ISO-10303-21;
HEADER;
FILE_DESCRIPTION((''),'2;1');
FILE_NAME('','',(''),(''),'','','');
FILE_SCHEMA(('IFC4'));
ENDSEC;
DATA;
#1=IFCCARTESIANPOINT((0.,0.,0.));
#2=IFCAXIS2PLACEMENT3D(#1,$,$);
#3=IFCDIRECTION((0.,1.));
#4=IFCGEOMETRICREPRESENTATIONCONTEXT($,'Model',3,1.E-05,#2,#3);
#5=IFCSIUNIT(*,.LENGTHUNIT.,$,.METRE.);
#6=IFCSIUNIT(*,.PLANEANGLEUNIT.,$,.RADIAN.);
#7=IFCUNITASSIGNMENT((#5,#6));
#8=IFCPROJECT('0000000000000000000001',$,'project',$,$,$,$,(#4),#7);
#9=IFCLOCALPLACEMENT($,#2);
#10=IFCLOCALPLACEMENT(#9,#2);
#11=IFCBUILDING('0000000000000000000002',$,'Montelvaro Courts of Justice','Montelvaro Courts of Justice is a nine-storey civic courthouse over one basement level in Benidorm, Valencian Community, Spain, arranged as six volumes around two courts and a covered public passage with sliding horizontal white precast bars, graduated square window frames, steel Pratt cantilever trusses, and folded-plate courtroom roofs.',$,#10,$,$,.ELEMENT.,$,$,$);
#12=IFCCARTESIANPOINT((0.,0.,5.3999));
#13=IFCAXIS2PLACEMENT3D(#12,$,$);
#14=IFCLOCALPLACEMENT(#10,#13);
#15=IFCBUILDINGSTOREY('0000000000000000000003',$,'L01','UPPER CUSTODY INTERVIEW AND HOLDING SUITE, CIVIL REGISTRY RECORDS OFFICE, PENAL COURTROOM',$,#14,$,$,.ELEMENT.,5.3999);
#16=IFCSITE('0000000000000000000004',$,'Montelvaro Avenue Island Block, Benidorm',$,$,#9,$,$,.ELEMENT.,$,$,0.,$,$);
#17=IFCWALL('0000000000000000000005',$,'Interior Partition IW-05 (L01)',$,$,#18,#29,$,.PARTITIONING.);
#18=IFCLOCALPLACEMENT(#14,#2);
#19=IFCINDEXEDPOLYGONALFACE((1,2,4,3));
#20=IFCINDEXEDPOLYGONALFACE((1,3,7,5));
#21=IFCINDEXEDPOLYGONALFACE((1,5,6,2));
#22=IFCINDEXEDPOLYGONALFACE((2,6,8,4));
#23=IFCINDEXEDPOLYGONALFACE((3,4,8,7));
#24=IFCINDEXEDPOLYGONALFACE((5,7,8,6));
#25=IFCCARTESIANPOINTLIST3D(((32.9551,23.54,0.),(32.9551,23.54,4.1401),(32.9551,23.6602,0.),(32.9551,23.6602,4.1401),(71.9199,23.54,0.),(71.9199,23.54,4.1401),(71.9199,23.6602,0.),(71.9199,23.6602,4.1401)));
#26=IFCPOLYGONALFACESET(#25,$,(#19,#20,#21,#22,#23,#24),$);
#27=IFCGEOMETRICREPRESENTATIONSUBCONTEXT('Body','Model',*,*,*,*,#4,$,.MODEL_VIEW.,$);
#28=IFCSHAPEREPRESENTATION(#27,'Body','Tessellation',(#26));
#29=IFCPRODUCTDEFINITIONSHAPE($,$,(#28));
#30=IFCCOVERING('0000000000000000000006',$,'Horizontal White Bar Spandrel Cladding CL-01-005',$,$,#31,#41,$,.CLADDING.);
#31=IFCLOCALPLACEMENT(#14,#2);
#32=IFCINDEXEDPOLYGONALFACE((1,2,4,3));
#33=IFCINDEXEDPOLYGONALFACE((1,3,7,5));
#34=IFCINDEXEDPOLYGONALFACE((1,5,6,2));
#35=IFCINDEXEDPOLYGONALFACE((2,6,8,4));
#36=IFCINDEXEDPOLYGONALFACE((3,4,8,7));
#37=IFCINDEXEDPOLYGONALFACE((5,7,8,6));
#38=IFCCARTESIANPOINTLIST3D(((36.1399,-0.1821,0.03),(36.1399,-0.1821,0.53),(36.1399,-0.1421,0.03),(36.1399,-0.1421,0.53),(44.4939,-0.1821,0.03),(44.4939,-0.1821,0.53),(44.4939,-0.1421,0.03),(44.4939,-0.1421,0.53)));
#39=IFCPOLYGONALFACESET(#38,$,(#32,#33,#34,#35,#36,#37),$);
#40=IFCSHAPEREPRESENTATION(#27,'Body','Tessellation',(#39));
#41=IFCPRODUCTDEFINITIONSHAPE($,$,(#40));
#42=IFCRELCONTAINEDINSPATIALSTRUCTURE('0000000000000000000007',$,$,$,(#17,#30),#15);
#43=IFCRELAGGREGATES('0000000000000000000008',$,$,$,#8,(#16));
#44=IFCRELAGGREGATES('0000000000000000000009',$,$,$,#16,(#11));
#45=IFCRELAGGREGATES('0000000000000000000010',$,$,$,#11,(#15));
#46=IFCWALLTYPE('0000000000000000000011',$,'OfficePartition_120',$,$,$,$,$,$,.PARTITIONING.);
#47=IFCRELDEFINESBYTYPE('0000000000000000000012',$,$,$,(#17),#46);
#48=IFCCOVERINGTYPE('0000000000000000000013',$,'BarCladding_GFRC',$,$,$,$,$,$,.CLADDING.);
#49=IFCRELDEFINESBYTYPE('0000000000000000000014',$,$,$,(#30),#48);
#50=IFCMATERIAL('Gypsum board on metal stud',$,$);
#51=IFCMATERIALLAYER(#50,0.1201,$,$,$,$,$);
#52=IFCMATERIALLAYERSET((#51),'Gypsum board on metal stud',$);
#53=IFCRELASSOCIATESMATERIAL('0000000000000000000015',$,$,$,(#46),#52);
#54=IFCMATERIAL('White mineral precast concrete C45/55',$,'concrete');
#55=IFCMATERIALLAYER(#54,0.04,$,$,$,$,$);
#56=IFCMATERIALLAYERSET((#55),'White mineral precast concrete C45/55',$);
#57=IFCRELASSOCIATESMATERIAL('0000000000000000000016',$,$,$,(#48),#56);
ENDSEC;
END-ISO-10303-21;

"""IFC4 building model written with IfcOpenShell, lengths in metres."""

from ifc_helpers import new_model, si_unit, direction, frame, frame_2d, origin, origin_2d, place, context, subcontext, project, spatial, rectangle, extrude, material, layer, layer_set, type_object, element, save


model = new_model("IFC4")

# Units and contexts
model_context = context("Model", 3, precision=1e-05, world=origin(), true_north=direction((0.0, 1.0)))
body_context = subcontext(model_context, "Body", "Model", "MODEL_VIEW")
ifc_project = project(units=[si_unit("LENGTHUNIT", "METRE"), si_unit("PLANEANGLEUNIT", "RADIAN")], contexts=[model_context])

# Site, building, storey
site_placement = place(None, origin())
site = spatial("IfcSite", under=ifc_project, at=site_placement, Name="Montelvaro Avenue Island Block, Benidorm", CompositionType="ELEMENT", RefElevation=0.0)
building_placement = place(site_placement, origin())
building = spatial("IfcBuilding", under=site, at=building_placement, Name="Montelvaro Courts of Justice", Description="Montelvaro Courts of Justice is a nine-storey civic courthouse over one basement level in Benidorm, Valencian Community, Spain, arranged as six volumes around two courts and a covered public passage with sliding horizontal white precast bars, graduated square window frames, steel Pratt cantilever trusses, and folded-plate courtroom roofs.", CompositionType="ELEMENT")
storey_placement = place(building_placement, frame((0.0, 0.0, 5.3999)))
storey = spatial("IfcBuildingStorey", under=building, at=storey_placement, Name="L01", Description="UPPER CUSTODY INTERVIEW AND HOLDING SUITE, CIVIL REGISTRY RECORDS OFFICE, PENAL COURTROOM", CompositionType="ELEMENT", Elevation=5.3999)

# Shared definitions
ifc_material_1 = material(Name="Gypsum board on metal stud")

# Wall
ifc_material_2 = material(Name="White mineral precast concrete C45/55", Category="concrete")
ifc_layer_1 = layer(ifc_material_1, 0.1201)
ifc_layer_set_1 = layer_set([ifc_layer_1], Name="Gypsum board on metal stud")
wall_type_1 = type_object("IfcWallType", Name="OfficePartition_120", PredefinedType="PARTITIONING", material=ifc_layer_set_1)
wall_1_placement = place(storey_placement, frame((32.9551, 23.6001, 0.0), z_axis=(0.0, 0.0, 1.0), x_axis=(1.0, 0.0, 0.0)))
element("IfcWall", 1, at=wall_1_placement, inside=storey, type_object=wall_type_1, Name="Interior Partition IW-05 (L01)", PredefinedType="PARTITIONING", context=body_context, shape_type="SweptSolid", body=[
    extrude(rectangle(XDim=38.9648, YDim=0.1201, at=frame_2d((19.4824, 0.0))), origin(), (0.0, 0.0, 1.0), 4.1401),
])

# Covering
ifc_layer_2 = layer(ifc_material_2, 0.04)
ifc_layer_set_2 = layer_set([ifc_layer_2], Name="White mineral precast concrete C45/55")
covering_type = type_object("IfcCoveringType", Name="BarCladding_GFRC", PredefinedType="CLADDING", material=ifc_layer_set_2)
covering_placement = place(storey_placement, frame((40.3169, -0.1621, 0.03), z_axis=(0.0, 0.0, 1.0), x_axis=(1.0, 0.0, 0.0)))
element("IfcCovering", 2, at=covering_placement, inside=storey, type_object=covering_type, Name="Horizontal White Bar Spandrel Cladding CL-01-005", PredefinedType="CLADDING", context=body_context, shape_type="SweptSolid", body=[
    extrude(rectangle(XDim=8.354, YDim=0.04, at=origin_2d()), origin(), (0.0, 0.0, 1.0), 0.5),
])

save(model, "model.ifc")
